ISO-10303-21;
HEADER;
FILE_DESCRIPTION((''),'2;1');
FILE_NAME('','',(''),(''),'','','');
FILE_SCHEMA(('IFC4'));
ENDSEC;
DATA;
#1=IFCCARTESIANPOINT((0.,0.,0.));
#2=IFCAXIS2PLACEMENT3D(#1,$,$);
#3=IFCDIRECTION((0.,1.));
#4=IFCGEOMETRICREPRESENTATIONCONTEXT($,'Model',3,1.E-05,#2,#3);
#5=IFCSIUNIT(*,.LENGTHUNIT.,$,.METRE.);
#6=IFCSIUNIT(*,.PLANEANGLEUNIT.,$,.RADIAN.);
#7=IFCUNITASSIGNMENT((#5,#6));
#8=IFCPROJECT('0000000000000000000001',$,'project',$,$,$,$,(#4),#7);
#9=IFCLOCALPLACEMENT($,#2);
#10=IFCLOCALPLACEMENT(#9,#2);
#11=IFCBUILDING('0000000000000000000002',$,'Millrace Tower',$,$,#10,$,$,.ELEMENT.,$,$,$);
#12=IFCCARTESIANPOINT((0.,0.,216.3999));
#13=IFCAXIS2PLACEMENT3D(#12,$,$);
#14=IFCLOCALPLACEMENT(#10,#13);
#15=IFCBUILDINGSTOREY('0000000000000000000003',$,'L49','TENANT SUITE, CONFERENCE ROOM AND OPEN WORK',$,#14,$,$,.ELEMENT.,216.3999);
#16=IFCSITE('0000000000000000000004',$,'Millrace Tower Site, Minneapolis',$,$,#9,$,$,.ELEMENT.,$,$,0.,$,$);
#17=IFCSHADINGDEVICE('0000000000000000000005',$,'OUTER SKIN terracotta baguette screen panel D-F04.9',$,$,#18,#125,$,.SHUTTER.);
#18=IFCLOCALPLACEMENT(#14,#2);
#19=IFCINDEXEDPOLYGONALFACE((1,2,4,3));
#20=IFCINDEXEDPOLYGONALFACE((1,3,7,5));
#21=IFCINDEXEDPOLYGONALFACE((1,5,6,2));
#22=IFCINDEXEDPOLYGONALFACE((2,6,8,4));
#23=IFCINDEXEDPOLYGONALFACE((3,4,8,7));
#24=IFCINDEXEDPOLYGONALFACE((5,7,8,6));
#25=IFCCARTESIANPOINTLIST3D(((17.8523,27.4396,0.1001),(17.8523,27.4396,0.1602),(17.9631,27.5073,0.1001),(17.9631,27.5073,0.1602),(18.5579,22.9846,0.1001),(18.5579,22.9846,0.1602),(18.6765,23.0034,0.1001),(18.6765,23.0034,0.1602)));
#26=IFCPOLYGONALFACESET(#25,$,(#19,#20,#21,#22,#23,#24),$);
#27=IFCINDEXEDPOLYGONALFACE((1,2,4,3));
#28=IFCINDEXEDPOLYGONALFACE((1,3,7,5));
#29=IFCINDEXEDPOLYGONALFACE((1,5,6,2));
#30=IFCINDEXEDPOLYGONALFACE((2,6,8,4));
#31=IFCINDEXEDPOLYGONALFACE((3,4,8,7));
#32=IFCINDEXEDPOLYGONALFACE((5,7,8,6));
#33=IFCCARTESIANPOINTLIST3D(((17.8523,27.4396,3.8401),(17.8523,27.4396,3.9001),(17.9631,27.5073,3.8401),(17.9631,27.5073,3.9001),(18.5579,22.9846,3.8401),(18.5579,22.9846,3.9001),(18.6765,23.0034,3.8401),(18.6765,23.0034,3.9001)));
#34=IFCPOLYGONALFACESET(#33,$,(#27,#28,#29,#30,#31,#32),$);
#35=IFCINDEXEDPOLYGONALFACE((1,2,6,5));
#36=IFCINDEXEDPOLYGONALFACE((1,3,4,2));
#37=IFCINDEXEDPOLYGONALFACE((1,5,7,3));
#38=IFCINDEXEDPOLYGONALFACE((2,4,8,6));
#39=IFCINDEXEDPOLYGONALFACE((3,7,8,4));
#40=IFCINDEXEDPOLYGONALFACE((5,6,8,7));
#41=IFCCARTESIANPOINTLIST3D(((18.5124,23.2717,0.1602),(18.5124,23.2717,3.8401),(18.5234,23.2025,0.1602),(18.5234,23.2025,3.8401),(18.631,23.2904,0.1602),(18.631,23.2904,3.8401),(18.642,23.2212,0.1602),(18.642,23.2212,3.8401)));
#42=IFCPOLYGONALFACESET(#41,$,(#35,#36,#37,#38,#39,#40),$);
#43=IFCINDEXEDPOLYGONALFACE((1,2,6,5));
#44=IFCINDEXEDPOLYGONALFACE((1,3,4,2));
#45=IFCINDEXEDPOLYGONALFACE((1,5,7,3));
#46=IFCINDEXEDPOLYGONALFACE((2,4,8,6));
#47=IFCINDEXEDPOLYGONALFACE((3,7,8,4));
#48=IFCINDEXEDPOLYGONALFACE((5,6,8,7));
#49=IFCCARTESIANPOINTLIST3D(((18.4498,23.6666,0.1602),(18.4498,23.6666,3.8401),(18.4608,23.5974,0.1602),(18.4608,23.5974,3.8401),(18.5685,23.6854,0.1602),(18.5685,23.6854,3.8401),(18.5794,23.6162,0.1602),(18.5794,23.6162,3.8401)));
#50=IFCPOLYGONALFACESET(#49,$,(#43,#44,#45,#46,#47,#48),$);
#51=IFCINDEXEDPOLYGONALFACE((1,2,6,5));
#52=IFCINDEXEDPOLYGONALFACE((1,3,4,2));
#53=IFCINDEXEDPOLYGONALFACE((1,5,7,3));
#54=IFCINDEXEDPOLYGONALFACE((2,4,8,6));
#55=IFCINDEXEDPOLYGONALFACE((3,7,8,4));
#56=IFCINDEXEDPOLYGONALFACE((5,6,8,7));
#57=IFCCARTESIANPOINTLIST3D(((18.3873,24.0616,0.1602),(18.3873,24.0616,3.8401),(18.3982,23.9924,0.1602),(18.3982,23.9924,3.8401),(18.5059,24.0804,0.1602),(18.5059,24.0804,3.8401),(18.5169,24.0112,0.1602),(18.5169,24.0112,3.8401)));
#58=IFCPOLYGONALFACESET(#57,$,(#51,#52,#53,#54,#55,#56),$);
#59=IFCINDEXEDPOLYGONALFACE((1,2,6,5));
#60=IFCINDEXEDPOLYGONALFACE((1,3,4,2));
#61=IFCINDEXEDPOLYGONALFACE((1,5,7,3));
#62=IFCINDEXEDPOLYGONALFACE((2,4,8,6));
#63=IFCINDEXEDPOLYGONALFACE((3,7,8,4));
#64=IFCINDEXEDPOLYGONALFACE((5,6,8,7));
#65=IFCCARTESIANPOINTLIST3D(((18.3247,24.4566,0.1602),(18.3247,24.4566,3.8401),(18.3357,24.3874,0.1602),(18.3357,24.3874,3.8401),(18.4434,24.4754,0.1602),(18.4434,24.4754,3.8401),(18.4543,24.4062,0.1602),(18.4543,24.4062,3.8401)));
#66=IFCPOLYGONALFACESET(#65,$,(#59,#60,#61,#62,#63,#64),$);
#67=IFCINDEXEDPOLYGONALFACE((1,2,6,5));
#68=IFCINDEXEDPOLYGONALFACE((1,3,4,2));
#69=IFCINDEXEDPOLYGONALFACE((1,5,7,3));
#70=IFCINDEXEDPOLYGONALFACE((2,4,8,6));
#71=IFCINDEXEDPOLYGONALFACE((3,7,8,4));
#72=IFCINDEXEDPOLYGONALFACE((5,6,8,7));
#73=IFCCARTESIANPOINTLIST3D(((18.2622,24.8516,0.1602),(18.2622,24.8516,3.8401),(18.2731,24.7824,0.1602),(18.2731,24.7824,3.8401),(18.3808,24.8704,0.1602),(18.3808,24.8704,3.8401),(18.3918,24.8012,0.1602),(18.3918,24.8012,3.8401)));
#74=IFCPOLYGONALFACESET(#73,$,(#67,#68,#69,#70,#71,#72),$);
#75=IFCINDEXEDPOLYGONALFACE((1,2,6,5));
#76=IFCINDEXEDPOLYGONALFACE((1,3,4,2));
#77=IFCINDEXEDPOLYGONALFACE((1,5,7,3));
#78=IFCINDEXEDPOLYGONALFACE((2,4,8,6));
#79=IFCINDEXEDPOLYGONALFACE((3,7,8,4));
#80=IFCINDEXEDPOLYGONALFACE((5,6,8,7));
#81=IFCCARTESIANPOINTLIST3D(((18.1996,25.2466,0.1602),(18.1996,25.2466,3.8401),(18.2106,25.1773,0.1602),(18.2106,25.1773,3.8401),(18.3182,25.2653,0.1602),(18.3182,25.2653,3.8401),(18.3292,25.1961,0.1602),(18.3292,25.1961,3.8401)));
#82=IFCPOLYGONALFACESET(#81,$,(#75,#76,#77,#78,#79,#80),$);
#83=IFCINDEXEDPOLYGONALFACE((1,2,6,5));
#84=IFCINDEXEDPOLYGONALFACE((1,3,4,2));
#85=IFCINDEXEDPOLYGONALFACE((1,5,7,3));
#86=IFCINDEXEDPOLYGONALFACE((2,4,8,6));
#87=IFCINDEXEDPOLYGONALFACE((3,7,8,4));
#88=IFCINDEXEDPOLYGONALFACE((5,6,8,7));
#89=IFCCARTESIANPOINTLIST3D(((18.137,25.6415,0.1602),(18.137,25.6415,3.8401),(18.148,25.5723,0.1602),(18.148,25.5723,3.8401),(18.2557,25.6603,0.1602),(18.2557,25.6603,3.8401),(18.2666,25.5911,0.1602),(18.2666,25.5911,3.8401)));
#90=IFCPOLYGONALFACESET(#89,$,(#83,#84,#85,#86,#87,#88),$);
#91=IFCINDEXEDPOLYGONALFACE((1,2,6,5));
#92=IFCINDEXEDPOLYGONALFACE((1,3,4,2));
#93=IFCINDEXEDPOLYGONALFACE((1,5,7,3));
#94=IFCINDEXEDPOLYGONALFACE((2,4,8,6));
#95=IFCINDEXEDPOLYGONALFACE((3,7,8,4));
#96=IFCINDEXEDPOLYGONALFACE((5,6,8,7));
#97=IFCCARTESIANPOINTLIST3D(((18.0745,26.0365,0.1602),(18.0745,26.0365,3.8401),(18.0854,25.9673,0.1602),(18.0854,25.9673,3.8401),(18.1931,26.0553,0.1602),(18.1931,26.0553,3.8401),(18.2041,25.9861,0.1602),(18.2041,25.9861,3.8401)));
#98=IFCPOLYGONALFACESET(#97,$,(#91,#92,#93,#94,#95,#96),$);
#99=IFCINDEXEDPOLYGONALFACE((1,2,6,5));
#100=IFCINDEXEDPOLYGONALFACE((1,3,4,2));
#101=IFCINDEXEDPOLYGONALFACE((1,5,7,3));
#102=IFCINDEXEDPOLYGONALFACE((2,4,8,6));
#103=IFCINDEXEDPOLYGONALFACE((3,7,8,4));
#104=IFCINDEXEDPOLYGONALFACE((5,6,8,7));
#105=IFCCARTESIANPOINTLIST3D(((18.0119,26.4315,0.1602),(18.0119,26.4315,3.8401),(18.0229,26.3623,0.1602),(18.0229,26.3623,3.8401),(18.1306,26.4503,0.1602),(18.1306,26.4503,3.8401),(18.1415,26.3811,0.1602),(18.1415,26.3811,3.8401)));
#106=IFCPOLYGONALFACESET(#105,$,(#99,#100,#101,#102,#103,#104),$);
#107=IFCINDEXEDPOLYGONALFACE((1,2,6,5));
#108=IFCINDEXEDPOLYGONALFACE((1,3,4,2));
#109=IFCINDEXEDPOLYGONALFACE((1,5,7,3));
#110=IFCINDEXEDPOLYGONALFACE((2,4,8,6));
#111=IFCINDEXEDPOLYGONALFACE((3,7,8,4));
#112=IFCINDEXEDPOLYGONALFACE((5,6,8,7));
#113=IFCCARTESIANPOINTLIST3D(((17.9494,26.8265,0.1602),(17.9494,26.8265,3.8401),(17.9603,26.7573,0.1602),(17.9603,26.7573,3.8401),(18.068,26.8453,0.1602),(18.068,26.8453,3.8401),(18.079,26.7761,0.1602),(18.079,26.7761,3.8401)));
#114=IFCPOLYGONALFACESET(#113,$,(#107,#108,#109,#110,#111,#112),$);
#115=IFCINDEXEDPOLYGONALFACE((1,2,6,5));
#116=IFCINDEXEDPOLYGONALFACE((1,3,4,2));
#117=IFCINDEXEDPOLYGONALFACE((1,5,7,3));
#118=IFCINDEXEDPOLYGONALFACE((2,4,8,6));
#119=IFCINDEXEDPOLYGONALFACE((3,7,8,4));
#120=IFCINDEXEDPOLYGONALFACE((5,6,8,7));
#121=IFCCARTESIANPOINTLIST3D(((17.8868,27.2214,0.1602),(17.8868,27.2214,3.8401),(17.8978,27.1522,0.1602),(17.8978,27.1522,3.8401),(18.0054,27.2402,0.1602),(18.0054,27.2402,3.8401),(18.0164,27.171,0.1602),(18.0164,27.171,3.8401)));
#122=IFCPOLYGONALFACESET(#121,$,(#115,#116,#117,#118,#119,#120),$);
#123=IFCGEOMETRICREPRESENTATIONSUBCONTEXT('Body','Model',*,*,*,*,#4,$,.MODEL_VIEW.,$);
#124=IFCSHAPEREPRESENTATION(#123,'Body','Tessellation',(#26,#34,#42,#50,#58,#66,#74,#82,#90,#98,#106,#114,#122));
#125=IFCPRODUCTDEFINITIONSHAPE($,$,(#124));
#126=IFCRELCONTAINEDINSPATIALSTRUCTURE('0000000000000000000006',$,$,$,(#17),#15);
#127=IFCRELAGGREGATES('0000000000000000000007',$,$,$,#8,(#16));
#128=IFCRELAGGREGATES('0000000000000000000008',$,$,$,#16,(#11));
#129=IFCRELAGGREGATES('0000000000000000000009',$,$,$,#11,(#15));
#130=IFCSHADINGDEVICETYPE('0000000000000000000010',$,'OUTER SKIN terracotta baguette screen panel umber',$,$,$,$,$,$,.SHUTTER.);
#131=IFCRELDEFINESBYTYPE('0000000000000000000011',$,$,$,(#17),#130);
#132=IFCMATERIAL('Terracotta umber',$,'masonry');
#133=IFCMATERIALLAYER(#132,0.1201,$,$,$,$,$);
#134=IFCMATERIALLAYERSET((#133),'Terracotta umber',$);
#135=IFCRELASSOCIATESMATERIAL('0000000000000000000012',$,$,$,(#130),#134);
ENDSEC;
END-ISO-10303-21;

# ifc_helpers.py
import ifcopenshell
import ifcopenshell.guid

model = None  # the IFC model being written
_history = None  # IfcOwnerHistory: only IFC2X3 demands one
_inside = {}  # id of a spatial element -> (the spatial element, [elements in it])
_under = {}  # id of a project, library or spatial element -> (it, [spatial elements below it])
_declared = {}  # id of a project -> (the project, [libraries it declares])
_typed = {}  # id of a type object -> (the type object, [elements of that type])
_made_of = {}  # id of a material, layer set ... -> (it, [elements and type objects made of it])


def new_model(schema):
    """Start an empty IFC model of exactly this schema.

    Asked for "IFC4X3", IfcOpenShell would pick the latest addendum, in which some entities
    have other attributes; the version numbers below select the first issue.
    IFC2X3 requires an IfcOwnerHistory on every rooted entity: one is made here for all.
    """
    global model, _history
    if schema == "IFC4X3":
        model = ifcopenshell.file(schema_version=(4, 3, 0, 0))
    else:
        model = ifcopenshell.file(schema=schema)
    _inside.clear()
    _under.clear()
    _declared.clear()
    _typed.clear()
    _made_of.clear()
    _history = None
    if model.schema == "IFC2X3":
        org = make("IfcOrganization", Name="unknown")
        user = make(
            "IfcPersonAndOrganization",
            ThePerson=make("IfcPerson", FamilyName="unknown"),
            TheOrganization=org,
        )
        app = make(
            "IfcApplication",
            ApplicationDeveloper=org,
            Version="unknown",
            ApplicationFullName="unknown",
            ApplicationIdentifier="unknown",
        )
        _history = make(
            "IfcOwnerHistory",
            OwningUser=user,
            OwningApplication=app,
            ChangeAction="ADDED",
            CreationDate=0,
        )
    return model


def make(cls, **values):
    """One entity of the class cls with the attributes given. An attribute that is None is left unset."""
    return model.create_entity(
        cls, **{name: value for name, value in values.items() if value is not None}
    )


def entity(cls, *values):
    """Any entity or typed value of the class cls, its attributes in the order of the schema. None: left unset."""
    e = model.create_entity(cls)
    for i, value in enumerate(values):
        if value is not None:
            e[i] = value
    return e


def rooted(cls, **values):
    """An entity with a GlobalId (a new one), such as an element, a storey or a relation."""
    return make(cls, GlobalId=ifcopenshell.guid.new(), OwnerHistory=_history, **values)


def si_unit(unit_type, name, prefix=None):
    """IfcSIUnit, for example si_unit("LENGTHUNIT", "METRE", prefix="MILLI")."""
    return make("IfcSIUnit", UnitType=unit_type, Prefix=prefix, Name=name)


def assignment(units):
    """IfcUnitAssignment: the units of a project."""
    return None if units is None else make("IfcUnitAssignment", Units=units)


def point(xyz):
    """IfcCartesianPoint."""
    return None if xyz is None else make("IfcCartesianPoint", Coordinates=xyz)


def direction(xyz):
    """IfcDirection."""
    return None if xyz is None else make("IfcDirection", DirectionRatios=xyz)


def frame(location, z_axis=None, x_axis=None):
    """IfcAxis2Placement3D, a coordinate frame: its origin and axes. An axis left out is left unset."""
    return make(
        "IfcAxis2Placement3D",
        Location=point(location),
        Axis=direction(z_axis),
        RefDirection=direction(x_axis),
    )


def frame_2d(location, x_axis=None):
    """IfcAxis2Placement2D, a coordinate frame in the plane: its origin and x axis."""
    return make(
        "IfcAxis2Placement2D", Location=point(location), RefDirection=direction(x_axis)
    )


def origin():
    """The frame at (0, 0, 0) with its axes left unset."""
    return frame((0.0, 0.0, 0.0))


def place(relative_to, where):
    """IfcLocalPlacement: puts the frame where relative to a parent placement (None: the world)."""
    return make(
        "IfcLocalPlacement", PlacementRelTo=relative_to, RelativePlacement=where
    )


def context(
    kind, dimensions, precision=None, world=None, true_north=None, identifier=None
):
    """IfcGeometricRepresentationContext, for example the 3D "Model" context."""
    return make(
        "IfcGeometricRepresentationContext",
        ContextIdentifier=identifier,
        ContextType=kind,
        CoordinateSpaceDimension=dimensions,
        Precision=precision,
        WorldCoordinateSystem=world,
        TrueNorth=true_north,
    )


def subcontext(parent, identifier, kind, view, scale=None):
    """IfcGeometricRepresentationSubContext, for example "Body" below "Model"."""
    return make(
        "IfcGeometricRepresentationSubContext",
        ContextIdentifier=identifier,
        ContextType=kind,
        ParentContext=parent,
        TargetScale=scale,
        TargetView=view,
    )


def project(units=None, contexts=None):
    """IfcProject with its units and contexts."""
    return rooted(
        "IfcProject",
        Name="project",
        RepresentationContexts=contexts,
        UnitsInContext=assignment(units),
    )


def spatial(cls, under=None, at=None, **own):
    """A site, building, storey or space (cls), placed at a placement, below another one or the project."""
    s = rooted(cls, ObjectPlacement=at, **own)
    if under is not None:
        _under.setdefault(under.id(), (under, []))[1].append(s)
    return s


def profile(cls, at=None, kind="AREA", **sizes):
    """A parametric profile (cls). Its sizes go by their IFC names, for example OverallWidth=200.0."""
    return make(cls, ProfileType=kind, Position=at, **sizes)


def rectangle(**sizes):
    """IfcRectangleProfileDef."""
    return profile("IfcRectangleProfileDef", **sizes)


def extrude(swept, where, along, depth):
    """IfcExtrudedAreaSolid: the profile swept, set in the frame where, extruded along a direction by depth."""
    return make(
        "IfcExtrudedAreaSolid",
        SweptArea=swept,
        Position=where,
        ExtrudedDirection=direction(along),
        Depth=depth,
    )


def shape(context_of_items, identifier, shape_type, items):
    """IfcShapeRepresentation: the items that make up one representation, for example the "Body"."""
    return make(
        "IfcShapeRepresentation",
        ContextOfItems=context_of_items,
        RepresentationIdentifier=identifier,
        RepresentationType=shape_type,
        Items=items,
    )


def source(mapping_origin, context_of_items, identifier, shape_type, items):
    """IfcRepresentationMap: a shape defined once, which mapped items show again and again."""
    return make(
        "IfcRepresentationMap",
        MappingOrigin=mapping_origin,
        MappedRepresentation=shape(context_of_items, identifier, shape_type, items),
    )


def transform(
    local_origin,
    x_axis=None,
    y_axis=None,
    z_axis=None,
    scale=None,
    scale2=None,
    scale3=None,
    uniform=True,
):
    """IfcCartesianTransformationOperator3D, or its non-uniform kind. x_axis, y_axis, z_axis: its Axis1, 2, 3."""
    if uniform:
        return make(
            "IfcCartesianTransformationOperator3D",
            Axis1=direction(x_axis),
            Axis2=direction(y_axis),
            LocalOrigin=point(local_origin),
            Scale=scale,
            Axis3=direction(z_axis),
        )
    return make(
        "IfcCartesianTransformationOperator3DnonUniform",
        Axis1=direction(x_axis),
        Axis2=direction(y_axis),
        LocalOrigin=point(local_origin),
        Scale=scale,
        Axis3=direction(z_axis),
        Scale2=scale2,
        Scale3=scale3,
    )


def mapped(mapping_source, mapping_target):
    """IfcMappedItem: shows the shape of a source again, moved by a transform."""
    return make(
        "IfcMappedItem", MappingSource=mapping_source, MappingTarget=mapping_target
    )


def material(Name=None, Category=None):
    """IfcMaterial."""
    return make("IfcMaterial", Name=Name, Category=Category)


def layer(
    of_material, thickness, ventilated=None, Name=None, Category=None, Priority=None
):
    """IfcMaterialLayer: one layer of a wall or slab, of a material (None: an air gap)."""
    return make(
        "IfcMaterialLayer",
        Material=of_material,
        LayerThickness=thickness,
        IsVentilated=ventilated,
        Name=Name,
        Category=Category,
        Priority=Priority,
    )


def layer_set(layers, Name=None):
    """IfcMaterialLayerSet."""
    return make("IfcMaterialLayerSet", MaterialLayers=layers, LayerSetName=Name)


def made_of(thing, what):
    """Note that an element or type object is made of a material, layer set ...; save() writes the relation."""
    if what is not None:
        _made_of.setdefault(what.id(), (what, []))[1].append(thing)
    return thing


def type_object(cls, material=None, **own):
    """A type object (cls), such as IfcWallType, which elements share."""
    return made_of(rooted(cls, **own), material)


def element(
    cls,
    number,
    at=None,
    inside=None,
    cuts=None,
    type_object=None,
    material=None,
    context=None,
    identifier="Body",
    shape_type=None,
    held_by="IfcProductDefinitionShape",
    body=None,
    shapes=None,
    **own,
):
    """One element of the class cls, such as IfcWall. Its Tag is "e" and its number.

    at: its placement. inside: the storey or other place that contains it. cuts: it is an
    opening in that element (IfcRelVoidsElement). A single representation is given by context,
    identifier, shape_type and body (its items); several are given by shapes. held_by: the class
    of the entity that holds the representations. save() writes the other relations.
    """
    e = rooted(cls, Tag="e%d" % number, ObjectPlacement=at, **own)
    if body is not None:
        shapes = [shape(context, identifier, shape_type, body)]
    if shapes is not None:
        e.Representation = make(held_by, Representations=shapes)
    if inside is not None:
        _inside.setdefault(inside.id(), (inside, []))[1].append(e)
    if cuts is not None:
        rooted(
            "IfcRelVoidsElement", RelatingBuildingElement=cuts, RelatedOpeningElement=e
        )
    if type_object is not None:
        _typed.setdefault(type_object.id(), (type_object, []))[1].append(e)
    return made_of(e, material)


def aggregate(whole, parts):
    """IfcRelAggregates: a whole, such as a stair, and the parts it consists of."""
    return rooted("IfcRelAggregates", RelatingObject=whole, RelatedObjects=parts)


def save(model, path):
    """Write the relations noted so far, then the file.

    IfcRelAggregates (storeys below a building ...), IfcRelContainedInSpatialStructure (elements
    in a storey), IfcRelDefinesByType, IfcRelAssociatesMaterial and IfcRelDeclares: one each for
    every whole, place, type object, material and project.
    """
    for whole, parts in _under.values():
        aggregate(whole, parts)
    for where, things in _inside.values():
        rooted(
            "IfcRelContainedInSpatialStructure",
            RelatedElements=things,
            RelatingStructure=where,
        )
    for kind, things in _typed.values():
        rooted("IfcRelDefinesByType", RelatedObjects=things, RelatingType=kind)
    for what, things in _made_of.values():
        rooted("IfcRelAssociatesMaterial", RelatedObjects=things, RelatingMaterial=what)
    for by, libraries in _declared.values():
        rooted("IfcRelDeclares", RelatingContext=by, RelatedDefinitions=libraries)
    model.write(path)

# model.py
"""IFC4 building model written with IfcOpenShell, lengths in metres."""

from ifc_helpers import new_model, entity, si_unit, direction, frame, frame_2d, origin, place, context, subcontext, project, spatial, rectangle, extrude, source, transform, mapped, material, layer, layer_set, type_object, element, save


model = new_model("IFC4")

# Units and contexts
model_context = context("Model", 3, precision=1e-05, world=origin(), true_north=direction((0.0, 1.0)))
body_context = subcontext(model_context, "Body", "Model", "MODEL_VIEW")
ifc_project = project(units=[si_unit("LENGTHUNIT", "METRE"), si_unit("PLANEANGLEUNIT", "RADIAN")], contexts=[model_context])

# Site, building, storey
site_placement = place(None, origin())
site = spatial("IfcSite", under=ifc_project, at=site_placement, Name="Millrace Tower Site, Minneapolis", CompositionType="ELEMENT", RefElevation=0.0)
building_placement = place(site_placement, origin())
building = spatial("IfcBuilding", under=site, at=building_placement, Name="Millrace Tower", CompositionType="ELEMENT")
storey_placement = place(building_placement, frame((0.0, 0.0, 216.3999)))
storey = spatial("IfcBuildingStorey", under=building, at=storey_placement, Name="L49", Description="TENANT SUITE, CONFERENCE ROOM AND OPEN WORK", CompositionType="ELEMENT", Elevation=216.3999)

# Shading device
ifc_material_1 = material(Name="Terracotta umber", Category="masonry")
ifc_layer_1 = layer(ifc_material_1, 0.1201)
ifc_layer_set_1 = layer_set([ifc_layer_1], Name="Terracotta umber")
shading_device_type = type_object("IfcShadingDeviceType", Name="OUTER SKIN terracotta baguette screen panel umber", PredefinedType="SHUTTER", material=ifc_layer_set_1)
cartesian_point_1 = entity("IfcCartesianPoint", [-2.2676, 0.0601])
shared_polyline_1 = entity("IfcPolyline", [cartesian_point_1, entity("IfcCartesianPoint", [2.2429, 0.0601]), entity("IfcCartesianPoint", [2.2925, -0.0601]), entity("IfcCartesianPoint", [-2.2676, -0.0601]), cartesian_point_1])
shared_shape_1 = source(origin(), body_context, "Body", "SweptSolid", [
    entity("IfcExtrudedAreaSolid", entity("IfcArbitraryClosedProfileDef", "AREA", None, shared_polyline_1), entity("IfcAxis2Placement3D", entity("IfcCartesianPoint", [0.0, 0.0, 0.0])), entity("IfcDirection", [0.0, 0.0, 1.0]), 0.0601),
    entity("IfcExtrudedAreaSolid", entity("IfcArbitraryClosedProfileDef", "AREA", None, shared_polyline_1), entity("IfcAxis2Placement3D", entity("IfcCartesianPoint", [0.0, 0.0, 3.74])), entity("IfcDirection", [0.0, 0.0, 1.0]), 0.0601),
    extrude(rectangle(XDim=0.0701, YDim=0.1201, at=frame_2d((-2.012, 0.0))), frame((0.0, 0.0, 0.0601)), (0.0, 0.0, 1.0), 3.6799),
    extrude(rectangle(XDim=0.0701, YDim=0.1201, at=frame_2d((-1.6121, 0.0))), frame((0.0, 0.0, 0.0601)), (0.0, 0.0, 1.0), 3.6799),
    extrude(rectangle(XDim=0.0701, YDim=0.1201, at=frame_2d((-1.2122, 0.0))), frame((0.0, 0.0, 0.0601)), (0.0, 0.0, 1.0), 3.6799),
    extrude(rectangle(XDim=0.0701, YDim=0.1201, at=frame_2d((-0.8123, 0.0))), frame((0.0, 0.0, 0.0601)), (0.0, 0.0, 1.0), 3.6799),
    extrude(rectangle(XDim=0.0701, YDim=0.1201, at=frame_2d((-0.4124, 0.0))), frame((0.0, 0.0, 0.0601)), (0.0, 0.0, 1.0), 3.6799),
    extrude(rectangle(XDim=0.0701, YDim=0.1201, at=frame_2d((-0.0125, 0.0))), frame((0.0, 0.0, 0.0601)), (0.0, 0.0, 1.0), 3.6799),
    extrude(rectangle(XDim=0.0701, YDim=0.1201, at=frame_2d((0.3875, 0.0))), frame((0.0, 0.0, 0.0601)), (0.0, 0.0, 1.0), 3.6799),
    extrude(rectangle(XDim=0.0701, YDim=0.1201, at=frame_2d((0.7874, 0.0))), frame((0.0, 0.0, 0.0601)), (0.0, 0.0, 1.0), 3.6799),
    extrude(rectangle(XDim=0.0701, YDim=0.1201, at=frame_2d((1.1873, 0.0))), frame((0.0, 0.0, 0.0601)), (0.0, 0.0, 1.0), 3.6799),
    extrude(rectangle(XDim=0.0701, YDim=0.1201, at=frame_2d((1.5872, 0.0))), frame((0.0, 0.0, 0.0601)), (0.0, 0.0, 1.0), 3.6799),
    extrude(rectangle(XDim=0.0701, YDim=0.1201, at=frame_2d((1.9871, 0.0))), frame((0.0, 0.0, 0.0601)), (0.0, 0.0, 1.0), 3.6799),
])
shading_device_placement = place(storey_placement, frame((18.2625, 25.2336, 0.1001), z_axis=(0.0, 0.0, 1.0), x_axis=(-0.156434, 0.987688, 0.0)))
element("IfcShadingDevice", 1, at=shading_device_placement, inside=storey, type_object=shading_device_type, Name="OUTER SKIN terracotta baguette screen panel D-F04.9", PredefinedType="SHUTTER", context=body_context, shape_type="MappedRepresentation", body=[
    mapped(shared_shape_1, transform((0.0, 0.0, 0.0), scale=1.0)),
])

save(model, "model.ifc")
